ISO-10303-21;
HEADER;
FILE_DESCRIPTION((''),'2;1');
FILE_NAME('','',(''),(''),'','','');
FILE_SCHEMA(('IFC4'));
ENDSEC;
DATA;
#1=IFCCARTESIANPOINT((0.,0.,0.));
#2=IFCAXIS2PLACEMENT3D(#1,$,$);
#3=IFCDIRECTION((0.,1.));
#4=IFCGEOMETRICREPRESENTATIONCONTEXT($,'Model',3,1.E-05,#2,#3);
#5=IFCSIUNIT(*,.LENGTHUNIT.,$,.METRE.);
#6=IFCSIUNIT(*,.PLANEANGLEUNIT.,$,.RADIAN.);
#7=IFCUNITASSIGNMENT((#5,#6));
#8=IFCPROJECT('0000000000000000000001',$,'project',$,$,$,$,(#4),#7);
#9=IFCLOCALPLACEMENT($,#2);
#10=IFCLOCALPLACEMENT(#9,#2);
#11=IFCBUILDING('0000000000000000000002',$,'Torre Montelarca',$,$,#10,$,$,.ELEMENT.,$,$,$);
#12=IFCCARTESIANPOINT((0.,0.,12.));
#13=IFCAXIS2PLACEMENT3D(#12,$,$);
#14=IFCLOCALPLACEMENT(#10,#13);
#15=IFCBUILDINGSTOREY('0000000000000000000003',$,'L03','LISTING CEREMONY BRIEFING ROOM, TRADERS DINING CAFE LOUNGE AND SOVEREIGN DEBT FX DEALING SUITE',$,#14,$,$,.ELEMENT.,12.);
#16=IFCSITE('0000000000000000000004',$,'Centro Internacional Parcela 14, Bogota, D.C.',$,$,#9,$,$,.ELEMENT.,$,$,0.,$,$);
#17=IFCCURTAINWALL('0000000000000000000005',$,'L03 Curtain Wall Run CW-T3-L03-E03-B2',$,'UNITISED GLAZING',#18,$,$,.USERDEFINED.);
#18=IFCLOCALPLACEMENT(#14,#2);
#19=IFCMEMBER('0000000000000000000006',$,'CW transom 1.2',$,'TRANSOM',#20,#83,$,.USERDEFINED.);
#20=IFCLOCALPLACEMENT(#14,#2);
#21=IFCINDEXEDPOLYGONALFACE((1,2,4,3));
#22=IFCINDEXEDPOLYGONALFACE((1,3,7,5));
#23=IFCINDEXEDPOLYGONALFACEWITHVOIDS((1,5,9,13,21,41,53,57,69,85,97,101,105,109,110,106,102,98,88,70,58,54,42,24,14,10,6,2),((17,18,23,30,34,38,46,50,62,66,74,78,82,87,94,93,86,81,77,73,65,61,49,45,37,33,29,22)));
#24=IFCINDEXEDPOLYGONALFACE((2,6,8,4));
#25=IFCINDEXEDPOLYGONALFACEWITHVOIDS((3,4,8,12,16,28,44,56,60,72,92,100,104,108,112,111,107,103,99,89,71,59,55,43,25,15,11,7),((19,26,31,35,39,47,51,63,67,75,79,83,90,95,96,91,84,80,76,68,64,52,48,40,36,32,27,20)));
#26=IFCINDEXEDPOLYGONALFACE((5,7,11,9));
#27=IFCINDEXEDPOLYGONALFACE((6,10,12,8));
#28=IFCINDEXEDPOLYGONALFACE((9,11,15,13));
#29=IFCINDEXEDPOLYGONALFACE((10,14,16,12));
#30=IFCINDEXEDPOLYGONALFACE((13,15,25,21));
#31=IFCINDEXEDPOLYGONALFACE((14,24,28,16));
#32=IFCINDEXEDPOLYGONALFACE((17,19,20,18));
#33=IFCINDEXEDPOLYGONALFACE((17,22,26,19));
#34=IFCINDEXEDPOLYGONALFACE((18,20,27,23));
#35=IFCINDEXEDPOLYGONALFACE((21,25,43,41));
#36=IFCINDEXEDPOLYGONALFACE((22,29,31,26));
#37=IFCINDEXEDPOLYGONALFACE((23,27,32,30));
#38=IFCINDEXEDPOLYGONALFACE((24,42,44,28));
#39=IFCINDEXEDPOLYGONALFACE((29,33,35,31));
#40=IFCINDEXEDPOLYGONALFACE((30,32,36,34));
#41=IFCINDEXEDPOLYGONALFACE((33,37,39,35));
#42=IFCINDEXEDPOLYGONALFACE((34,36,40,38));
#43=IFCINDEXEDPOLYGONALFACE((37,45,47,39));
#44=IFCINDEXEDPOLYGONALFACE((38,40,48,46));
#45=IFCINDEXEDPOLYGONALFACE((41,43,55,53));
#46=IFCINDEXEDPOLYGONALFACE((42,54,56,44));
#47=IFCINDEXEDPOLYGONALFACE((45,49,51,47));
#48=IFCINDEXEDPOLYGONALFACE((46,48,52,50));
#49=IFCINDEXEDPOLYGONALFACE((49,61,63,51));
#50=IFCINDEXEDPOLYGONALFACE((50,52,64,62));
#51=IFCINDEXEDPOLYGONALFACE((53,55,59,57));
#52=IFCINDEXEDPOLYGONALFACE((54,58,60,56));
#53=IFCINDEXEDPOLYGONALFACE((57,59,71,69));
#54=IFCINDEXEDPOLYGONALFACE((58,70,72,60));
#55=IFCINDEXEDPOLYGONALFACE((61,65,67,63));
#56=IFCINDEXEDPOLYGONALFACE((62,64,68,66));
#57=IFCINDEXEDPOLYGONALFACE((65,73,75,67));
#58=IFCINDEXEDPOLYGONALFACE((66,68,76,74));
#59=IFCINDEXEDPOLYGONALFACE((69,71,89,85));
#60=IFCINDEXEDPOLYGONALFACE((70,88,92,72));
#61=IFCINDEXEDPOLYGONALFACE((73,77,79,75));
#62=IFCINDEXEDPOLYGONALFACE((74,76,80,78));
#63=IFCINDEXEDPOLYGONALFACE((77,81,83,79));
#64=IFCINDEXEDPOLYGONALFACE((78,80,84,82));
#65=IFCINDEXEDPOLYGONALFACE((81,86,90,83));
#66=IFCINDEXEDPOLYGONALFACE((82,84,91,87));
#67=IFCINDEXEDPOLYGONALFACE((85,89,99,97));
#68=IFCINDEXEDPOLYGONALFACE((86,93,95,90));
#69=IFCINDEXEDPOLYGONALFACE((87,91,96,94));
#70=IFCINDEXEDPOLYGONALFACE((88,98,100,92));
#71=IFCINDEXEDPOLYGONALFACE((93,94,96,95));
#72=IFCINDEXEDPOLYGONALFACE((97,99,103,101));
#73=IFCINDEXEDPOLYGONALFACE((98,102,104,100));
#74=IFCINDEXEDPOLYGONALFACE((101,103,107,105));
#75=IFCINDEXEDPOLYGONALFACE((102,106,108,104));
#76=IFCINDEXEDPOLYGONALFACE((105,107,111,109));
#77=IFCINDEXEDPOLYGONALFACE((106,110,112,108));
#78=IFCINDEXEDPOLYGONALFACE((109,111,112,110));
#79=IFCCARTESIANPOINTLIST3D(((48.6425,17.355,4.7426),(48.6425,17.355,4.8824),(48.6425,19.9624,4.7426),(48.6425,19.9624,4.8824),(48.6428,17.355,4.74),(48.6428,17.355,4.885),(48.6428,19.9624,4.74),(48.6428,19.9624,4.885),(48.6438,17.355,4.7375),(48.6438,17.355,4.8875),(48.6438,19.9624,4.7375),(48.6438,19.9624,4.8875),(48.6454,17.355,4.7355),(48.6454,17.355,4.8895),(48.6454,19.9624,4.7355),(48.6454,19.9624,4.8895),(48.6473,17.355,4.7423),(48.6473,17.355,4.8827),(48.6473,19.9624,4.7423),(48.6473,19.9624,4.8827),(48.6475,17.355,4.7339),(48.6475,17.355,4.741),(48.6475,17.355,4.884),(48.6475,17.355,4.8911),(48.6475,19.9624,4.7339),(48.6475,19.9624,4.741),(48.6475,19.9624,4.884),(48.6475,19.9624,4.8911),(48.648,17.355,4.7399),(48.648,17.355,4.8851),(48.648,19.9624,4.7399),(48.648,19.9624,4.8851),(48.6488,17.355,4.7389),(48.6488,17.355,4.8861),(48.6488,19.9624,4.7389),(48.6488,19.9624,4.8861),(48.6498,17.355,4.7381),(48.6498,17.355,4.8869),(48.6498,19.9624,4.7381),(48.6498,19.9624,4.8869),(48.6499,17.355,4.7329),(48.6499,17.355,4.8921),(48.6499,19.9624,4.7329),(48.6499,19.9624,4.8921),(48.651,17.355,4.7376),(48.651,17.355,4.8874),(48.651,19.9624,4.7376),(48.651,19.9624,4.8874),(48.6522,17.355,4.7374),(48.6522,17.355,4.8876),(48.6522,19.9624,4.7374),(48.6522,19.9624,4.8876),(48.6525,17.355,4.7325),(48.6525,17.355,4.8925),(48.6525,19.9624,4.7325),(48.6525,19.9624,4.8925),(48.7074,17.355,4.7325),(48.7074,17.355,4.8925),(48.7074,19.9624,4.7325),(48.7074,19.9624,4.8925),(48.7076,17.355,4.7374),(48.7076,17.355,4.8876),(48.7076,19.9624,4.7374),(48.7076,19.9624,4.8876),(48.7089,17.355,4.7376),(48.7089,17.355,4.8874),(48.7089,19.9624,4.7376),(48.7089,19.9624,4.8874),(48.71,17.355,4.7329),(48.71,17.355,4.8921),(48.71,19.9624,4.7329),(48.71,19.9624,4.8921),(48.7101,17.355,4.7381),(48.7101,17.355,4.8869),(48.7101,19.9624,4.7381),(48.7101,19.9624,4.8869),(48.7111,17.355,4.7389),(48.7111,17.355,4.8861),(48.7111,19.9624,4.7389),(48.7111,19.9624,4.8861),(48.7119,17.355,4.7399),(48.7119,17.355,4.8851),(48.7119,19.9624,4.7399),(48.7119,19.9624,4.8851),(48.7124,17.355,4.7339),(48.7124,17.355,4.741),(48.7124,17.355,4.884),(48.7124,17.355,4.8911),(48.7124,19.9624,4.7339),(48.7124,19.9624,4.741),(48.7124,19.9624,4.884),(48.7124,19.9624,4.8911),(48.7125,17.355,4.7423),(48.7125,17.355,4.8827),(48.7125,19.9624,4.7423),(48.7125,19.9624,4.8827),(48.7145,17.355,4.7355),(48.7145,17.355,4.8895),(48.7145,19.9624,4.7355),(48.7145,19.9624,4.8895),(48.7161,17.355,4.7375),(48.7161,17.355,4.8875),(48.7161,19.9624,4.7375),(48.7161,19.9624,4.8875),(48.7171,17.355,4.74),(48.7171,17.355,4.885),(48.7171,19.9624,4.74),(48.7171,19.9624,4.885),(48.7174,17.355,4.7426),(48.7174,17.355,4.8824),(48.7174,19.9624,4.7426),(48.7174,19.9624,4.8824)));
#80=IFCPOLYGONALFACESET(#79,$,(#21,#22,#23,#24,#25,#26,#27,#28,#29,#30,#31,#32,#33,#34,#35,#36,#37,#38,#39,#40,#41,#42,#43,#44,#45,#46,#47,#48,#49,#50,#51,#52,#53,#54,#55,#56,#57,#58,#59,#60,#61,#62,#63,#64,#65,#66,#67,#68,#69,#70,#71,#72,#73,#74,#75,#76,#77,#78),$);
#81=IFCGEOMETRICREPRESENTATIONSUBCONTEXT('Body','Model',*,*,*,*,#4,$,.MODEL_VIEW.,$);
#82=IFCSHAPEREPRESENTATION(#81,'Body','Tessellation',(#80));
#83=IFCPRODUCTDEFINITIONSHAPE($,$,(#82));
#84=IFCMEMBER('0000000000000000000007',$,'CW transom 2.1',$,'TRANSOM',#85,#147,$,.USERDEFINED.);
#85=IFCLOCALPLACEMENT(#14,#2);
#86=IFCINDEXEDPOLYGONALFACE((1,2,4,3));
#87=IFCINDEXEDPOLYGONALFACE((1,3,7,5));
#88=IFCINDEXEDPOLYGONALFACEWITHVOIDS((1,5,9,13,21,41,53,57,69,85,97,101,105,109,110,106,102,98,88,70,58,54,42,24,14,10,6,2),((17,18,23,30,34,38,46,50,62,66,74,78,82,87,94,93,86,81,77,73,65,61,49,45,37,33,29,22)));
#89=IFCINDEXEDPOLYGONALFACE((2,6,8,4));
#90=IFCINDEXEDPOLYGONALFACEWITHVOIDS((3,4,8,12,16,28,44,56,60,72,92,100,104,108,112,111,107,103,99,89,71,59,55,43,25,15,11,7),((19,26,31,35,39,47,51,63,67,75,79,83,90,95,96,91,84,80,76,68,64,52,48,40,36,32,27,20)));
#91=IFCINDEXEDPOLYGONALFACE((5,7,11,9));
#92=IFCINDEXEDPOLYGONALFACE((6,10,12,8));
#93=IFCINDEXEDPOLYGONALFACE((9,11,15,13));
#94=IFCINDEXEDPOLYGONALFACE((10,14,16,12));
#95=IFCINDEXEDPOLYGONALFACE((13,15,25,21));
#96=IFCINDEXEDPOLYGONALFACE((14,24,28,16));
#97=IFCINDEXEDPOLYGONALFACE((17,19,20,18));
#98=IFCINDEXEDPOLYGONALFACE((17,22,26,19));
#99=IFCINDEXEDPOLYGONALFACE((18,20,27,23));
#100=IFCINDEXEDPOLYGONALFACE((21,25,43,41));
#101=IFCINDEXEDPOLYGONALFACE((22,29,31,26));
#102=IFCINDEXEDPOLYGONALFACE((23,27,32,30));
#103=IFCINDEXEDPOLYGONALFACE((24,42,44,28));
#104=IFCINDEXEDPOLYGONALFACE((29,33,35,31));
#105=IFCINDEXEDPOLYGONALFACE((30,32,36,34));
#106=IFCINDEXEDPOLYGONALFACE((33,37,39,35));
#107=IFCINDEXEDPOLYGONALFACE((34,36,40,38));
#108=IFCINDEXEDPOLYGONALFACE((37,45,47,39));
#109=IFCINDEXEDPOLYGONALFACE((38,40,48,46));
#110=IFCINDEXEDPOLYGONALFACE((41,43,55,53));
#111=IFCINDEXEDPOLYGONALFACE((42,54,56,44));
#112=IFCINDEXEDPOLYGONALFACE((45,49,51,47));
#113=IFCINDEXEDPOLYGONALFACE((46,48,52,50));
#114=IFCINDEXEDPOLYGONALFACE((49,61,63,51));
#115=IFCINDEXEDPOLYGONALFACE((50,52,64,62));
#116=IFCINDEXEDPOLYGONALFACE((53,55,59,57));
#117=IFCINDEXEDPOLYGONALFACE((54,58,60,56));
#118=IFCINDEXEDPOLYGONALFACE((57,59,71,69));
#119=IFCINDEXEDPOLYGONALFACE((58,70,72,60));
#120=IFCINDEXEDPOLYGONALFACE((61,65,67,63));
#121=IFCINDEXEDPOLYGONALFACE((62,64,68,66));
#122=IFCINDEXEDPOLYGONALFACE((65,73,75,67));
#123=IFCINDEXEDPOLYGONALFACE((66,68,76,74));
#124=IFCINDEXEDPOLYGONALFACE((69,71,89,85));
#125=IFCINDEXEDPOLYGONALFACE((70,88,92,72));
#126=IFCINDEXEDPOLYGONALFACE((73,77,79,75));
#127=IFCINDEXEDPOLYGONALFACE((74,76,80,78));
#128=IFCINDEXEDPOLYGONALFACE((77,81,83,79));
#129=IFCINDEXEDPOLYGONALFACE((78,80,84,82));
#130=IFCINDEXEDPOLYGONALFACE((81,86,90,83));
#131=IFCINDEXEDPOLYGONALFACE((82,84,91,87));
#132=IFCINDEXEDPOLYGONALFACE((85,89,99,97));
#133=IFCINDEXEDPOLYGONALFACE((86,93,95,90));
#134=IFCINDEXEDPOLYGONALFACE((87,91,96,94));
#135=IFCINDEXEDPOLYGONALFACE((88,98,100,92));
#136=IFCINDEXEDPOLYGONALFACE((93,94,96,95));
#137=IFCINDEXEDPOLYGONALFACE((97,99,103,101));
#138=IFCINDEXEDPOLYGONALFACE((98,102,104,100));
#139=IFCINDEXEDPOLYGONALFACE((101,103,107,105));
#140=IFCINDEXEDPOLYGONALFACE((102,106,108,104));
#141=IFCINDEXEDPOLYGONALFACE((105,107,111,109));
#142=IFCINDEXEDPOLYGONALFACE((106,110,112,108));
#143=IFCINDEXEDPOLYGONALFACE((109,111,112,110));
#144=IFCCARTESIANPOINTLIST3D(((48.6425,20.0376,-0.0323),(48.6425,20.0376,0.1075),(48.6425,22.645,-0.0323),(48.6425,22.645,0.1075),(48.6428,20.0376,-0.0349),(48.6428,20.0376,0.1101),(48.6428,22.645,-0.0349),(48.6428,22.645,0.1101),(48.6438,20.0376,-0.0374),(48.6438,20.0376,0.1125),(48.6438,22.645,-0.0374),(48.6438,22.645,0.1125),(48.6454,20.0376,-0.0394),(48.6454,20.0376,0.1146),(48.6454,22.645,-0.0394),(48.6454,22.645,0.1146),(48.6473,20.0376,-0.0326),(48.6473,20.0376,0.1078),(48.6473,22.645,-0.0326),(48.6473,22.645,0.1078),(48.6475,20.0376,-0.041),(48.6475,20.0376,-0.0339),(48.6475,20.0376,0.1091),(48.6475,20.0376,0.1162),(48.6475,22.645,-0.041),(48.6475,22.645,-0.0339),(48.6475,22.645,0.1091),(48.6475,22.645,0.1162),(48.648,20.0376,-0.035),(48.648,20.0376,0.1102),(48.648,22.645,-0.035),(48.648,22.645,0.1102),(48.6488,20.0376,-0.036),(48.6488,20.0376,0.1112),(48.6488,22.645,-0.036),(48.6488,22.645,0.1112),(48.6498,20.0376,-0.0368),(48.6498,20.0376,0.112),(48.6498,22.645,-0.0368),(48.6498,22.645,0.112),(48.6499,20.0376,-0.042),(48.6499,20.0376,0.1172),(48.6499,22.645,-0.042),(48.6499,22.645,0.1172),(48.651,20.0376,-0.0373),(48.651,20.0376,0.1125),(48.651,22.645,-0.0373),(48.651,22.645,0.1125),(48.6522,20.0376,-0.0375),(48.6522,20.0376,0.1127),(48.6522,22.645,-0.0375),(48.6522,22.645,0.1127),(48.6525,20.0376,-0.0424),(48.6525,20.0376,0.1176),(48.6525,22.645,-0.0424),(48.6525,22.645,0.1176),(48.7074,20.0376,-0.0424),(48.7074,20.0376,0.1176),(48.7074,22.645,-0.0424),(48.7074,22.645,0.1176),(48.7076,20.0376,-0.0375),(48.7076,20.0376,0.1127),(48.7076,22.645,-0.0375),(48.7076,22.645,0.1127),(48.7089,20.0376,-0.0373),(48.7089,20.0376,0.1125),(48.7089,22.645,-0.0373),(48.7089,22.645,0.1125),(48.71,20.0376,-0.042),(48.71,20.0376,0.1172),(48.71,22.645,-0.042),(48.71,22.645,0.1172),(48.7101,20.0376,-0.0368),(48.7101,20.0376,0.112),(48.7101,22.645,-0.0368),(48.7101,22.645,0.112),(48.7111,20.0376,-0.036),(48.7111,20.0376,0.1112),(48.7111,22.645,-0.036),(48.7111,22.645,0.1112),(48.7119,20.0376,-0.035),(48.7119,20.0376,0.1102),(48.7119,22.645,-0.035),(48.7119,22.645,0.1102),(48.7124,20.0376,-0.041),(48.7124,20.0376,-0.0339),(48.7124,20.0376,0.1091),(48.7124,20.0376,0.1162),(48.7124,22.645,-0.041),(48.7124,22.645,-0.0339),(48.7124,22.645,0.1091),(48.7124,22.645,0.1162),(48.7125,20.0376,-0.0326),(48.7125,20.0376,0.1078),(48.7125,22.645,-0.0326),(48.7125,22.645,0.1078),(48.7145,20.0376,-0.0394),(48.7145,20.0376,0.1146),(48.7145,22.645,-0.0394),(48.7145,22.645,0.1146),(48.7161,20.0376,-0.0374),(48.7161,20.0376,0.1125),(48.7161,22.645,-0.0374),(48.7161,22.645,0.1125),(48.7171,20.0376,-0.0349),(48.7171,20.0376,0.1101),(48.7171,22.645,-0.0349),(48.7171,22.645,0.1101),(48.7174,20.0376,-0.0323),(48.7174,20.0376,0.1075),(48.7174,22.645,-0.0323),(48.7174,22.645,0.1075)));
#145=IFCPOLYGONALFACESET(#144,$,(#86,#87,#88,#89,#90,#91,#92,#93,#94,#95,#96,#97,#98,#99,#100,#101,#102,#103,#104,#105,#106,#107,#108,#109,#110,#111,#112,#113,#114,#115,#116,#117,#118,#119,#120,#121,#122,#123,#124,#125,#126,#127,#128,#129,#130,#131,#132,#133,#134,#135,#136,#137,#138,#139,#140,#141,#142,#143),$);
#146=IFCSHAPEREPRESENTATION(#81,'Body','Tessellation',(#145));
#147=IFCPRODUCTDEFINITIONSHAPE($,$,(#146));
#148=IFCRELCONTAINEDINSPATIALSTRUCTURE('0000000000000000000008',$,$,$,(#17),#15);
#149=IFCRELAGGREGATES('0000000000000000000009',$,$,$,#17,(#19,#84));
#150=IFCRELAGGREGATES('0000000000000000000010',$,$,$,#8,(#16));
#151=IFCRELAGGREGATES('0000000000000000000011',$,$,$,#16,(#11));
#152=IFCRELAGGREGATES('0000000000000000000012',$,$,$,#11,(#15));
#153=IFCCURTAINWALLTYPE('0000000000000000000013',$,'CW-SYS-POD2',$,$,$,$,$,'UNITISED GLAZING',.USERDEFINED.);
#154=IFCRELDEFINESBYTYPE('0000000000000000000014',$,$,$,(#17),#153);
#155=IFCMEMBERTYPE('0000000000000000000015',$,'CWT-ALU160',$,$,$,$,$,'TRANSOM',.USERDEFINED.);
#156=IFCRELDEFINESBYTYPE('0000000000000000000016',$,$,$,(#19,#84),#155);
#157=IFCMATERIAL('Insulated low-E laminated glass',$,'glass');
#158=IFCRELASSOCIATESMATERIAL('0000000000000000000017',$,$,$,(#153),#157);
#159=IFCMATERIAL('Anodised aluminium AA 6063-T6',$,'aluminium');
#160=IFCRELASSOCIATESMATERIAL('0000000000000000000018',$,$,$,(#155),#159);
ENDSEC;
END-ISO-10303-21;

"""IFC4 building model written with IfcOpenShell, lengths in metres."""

from ifc_helpers import new_model, si_unit, direction, frame, origin, origin_2d, place, context, subcontext, project, spatial, hollow_rectangle, extrude, source, transform, mapped, material, material_profile, profile_set, type_object, element, aggregate, save


model = new_model("IFC4")

# Units and contexts
model_context = context("Model", 3, precision=1e-05, world=origin(), true_north=direction((0.0, 1.0)))
body_context = subcontext(model_context, "Body", "Model", "MODEL_VIEW")
ifc_project = project(units=[si_unit("LENGTHUNIT", "METRE"), si_unit("PLANEANGLEUNIT", "RADIAN")], contexts=[model_context])

# Site, building, storey
site_placement = place(None, origin())
site = spatial("IfcSite", under=ifc_project, at=site_placement, Name="Centro Internacional Parcela 14, Bogota, D.C.", CompositionType="ELEMENT", RefElevation=0.0)
building_placement = place(site_placement, origin())
building = spatial("IfcBuilding", under=site, at=building_placement, Name="Torre Montelarca", CompositionType="ELEMENT")
storey_placement = place(building_placement, frame((0.0, 0.0, 12.0)))
storey = spatial("IfcBuildingStorey", under=building, at=storey_placement, Name="L03", Description="LISTING CEREMONY BRIEFING ROOM, TRADERS DINING CAFE LOUNGE AND SOVEREIGN DEBT FX DEALING SUITE", CompositionType="ELEMENT", Elevation=12.0)

# Curtain wall, members
ifc_material_1 = material(Name="Insulated low-E laminated glass", Category="glass")
curtain_wall_type = type_object("IfcCurtainWallType", Name="CW-SYS-POD2", ElementType="UNITISED GLAZING", PredefinedType="USERDEFINED", material=ifc_material_1)
ifc_material_2 = material(Name="Anodised aluminium AA 6063-T6", Category="aluminium")
ifc_material_profile_1 = material_profile(ifc_material_2, hollow_rectangle(XDim=0.075, YDim=0.1599, WallThickness=0.0049, InnerFilletRadius=0.0049, OuterFilletRadius=0.01, at=origin_2d()), Name="ALU75X160X5", Category="aluminium")
ifc_profile_set_1 = profile_set([ifc_material_profile_1], Name="Anodised aluminium AA 6063-T6")
member_type_1 = type_object("IfcMemberType", Name="CWT-ALU160", ElementType="TRANSOM", PredefinedType="USERDEFINED", material=ifc_profile_set_1)
shared_shape_1 = source(origin(), body_context, "Body", "SweptSolid", [
    extrude(hollow_rectangle(XDim=0.075, YDim=0.1599, WallThickness=0.0049, InnerFilletRadius=0.0049, OuterFilletRadius=0.01, at=origin_2d()), origin(), (0.0, 0.0, 1.0), 2.6074),
])
curtain_wall_1_placement = place(storey_placement, origin())
curtain_wall_1 = element("IfcCurtainWall", 1, at=curtain_wall_1_placement, inside=storey, type_object=curtain_wall_type, Name="L03 Curtain Wall Run CW-T3-L03-E03-B2", ObjectType="UNITISED GLAZING", PredefinedType="USERDEFINED")
member_1_placement = place(storey_placement, frame((48.6799, 17.355, 4.8125), z_axis=(0.0, 1.0, 0.0), x_axis=(-1.0, 0.0, 0.0)))
member_1 = element("IfcMember", 2, at=member_1_placement, type_object=member_type_1, Name="CW transom 1.2", ObjectType="TRANSOM", PredefinedType="USERDEFINED", context=body_context, shape_type="MappedRepresentation", body=[
    mapped(shared_shape_1, transform((0.0, 0.0, 0.0), scale=1.0)),
])
member_2_placement = place(storey_placement, frame((48.6799, 20.0376, 0.0376), z_axis=(0.0, 1.0, 0.0), x_axis=(-1.0, 0.0, 0.0)))
member_2 = element("IfcMember", 3, at=member_2_placement, type_object=member_type_1, Name="CW transom 2.1", ObjectType="TRANSOM", PredefinedType="USERDEFINED", context=body_context, shape_type="MappedRepresentation", body=[
    mapped(shared_shape_1, transform((0.0, 0.0, 0.0), scale=1.0)),
])

aggregate(curtain_wall_1, [member_1, member_2])

save(model, "model.ifc")
